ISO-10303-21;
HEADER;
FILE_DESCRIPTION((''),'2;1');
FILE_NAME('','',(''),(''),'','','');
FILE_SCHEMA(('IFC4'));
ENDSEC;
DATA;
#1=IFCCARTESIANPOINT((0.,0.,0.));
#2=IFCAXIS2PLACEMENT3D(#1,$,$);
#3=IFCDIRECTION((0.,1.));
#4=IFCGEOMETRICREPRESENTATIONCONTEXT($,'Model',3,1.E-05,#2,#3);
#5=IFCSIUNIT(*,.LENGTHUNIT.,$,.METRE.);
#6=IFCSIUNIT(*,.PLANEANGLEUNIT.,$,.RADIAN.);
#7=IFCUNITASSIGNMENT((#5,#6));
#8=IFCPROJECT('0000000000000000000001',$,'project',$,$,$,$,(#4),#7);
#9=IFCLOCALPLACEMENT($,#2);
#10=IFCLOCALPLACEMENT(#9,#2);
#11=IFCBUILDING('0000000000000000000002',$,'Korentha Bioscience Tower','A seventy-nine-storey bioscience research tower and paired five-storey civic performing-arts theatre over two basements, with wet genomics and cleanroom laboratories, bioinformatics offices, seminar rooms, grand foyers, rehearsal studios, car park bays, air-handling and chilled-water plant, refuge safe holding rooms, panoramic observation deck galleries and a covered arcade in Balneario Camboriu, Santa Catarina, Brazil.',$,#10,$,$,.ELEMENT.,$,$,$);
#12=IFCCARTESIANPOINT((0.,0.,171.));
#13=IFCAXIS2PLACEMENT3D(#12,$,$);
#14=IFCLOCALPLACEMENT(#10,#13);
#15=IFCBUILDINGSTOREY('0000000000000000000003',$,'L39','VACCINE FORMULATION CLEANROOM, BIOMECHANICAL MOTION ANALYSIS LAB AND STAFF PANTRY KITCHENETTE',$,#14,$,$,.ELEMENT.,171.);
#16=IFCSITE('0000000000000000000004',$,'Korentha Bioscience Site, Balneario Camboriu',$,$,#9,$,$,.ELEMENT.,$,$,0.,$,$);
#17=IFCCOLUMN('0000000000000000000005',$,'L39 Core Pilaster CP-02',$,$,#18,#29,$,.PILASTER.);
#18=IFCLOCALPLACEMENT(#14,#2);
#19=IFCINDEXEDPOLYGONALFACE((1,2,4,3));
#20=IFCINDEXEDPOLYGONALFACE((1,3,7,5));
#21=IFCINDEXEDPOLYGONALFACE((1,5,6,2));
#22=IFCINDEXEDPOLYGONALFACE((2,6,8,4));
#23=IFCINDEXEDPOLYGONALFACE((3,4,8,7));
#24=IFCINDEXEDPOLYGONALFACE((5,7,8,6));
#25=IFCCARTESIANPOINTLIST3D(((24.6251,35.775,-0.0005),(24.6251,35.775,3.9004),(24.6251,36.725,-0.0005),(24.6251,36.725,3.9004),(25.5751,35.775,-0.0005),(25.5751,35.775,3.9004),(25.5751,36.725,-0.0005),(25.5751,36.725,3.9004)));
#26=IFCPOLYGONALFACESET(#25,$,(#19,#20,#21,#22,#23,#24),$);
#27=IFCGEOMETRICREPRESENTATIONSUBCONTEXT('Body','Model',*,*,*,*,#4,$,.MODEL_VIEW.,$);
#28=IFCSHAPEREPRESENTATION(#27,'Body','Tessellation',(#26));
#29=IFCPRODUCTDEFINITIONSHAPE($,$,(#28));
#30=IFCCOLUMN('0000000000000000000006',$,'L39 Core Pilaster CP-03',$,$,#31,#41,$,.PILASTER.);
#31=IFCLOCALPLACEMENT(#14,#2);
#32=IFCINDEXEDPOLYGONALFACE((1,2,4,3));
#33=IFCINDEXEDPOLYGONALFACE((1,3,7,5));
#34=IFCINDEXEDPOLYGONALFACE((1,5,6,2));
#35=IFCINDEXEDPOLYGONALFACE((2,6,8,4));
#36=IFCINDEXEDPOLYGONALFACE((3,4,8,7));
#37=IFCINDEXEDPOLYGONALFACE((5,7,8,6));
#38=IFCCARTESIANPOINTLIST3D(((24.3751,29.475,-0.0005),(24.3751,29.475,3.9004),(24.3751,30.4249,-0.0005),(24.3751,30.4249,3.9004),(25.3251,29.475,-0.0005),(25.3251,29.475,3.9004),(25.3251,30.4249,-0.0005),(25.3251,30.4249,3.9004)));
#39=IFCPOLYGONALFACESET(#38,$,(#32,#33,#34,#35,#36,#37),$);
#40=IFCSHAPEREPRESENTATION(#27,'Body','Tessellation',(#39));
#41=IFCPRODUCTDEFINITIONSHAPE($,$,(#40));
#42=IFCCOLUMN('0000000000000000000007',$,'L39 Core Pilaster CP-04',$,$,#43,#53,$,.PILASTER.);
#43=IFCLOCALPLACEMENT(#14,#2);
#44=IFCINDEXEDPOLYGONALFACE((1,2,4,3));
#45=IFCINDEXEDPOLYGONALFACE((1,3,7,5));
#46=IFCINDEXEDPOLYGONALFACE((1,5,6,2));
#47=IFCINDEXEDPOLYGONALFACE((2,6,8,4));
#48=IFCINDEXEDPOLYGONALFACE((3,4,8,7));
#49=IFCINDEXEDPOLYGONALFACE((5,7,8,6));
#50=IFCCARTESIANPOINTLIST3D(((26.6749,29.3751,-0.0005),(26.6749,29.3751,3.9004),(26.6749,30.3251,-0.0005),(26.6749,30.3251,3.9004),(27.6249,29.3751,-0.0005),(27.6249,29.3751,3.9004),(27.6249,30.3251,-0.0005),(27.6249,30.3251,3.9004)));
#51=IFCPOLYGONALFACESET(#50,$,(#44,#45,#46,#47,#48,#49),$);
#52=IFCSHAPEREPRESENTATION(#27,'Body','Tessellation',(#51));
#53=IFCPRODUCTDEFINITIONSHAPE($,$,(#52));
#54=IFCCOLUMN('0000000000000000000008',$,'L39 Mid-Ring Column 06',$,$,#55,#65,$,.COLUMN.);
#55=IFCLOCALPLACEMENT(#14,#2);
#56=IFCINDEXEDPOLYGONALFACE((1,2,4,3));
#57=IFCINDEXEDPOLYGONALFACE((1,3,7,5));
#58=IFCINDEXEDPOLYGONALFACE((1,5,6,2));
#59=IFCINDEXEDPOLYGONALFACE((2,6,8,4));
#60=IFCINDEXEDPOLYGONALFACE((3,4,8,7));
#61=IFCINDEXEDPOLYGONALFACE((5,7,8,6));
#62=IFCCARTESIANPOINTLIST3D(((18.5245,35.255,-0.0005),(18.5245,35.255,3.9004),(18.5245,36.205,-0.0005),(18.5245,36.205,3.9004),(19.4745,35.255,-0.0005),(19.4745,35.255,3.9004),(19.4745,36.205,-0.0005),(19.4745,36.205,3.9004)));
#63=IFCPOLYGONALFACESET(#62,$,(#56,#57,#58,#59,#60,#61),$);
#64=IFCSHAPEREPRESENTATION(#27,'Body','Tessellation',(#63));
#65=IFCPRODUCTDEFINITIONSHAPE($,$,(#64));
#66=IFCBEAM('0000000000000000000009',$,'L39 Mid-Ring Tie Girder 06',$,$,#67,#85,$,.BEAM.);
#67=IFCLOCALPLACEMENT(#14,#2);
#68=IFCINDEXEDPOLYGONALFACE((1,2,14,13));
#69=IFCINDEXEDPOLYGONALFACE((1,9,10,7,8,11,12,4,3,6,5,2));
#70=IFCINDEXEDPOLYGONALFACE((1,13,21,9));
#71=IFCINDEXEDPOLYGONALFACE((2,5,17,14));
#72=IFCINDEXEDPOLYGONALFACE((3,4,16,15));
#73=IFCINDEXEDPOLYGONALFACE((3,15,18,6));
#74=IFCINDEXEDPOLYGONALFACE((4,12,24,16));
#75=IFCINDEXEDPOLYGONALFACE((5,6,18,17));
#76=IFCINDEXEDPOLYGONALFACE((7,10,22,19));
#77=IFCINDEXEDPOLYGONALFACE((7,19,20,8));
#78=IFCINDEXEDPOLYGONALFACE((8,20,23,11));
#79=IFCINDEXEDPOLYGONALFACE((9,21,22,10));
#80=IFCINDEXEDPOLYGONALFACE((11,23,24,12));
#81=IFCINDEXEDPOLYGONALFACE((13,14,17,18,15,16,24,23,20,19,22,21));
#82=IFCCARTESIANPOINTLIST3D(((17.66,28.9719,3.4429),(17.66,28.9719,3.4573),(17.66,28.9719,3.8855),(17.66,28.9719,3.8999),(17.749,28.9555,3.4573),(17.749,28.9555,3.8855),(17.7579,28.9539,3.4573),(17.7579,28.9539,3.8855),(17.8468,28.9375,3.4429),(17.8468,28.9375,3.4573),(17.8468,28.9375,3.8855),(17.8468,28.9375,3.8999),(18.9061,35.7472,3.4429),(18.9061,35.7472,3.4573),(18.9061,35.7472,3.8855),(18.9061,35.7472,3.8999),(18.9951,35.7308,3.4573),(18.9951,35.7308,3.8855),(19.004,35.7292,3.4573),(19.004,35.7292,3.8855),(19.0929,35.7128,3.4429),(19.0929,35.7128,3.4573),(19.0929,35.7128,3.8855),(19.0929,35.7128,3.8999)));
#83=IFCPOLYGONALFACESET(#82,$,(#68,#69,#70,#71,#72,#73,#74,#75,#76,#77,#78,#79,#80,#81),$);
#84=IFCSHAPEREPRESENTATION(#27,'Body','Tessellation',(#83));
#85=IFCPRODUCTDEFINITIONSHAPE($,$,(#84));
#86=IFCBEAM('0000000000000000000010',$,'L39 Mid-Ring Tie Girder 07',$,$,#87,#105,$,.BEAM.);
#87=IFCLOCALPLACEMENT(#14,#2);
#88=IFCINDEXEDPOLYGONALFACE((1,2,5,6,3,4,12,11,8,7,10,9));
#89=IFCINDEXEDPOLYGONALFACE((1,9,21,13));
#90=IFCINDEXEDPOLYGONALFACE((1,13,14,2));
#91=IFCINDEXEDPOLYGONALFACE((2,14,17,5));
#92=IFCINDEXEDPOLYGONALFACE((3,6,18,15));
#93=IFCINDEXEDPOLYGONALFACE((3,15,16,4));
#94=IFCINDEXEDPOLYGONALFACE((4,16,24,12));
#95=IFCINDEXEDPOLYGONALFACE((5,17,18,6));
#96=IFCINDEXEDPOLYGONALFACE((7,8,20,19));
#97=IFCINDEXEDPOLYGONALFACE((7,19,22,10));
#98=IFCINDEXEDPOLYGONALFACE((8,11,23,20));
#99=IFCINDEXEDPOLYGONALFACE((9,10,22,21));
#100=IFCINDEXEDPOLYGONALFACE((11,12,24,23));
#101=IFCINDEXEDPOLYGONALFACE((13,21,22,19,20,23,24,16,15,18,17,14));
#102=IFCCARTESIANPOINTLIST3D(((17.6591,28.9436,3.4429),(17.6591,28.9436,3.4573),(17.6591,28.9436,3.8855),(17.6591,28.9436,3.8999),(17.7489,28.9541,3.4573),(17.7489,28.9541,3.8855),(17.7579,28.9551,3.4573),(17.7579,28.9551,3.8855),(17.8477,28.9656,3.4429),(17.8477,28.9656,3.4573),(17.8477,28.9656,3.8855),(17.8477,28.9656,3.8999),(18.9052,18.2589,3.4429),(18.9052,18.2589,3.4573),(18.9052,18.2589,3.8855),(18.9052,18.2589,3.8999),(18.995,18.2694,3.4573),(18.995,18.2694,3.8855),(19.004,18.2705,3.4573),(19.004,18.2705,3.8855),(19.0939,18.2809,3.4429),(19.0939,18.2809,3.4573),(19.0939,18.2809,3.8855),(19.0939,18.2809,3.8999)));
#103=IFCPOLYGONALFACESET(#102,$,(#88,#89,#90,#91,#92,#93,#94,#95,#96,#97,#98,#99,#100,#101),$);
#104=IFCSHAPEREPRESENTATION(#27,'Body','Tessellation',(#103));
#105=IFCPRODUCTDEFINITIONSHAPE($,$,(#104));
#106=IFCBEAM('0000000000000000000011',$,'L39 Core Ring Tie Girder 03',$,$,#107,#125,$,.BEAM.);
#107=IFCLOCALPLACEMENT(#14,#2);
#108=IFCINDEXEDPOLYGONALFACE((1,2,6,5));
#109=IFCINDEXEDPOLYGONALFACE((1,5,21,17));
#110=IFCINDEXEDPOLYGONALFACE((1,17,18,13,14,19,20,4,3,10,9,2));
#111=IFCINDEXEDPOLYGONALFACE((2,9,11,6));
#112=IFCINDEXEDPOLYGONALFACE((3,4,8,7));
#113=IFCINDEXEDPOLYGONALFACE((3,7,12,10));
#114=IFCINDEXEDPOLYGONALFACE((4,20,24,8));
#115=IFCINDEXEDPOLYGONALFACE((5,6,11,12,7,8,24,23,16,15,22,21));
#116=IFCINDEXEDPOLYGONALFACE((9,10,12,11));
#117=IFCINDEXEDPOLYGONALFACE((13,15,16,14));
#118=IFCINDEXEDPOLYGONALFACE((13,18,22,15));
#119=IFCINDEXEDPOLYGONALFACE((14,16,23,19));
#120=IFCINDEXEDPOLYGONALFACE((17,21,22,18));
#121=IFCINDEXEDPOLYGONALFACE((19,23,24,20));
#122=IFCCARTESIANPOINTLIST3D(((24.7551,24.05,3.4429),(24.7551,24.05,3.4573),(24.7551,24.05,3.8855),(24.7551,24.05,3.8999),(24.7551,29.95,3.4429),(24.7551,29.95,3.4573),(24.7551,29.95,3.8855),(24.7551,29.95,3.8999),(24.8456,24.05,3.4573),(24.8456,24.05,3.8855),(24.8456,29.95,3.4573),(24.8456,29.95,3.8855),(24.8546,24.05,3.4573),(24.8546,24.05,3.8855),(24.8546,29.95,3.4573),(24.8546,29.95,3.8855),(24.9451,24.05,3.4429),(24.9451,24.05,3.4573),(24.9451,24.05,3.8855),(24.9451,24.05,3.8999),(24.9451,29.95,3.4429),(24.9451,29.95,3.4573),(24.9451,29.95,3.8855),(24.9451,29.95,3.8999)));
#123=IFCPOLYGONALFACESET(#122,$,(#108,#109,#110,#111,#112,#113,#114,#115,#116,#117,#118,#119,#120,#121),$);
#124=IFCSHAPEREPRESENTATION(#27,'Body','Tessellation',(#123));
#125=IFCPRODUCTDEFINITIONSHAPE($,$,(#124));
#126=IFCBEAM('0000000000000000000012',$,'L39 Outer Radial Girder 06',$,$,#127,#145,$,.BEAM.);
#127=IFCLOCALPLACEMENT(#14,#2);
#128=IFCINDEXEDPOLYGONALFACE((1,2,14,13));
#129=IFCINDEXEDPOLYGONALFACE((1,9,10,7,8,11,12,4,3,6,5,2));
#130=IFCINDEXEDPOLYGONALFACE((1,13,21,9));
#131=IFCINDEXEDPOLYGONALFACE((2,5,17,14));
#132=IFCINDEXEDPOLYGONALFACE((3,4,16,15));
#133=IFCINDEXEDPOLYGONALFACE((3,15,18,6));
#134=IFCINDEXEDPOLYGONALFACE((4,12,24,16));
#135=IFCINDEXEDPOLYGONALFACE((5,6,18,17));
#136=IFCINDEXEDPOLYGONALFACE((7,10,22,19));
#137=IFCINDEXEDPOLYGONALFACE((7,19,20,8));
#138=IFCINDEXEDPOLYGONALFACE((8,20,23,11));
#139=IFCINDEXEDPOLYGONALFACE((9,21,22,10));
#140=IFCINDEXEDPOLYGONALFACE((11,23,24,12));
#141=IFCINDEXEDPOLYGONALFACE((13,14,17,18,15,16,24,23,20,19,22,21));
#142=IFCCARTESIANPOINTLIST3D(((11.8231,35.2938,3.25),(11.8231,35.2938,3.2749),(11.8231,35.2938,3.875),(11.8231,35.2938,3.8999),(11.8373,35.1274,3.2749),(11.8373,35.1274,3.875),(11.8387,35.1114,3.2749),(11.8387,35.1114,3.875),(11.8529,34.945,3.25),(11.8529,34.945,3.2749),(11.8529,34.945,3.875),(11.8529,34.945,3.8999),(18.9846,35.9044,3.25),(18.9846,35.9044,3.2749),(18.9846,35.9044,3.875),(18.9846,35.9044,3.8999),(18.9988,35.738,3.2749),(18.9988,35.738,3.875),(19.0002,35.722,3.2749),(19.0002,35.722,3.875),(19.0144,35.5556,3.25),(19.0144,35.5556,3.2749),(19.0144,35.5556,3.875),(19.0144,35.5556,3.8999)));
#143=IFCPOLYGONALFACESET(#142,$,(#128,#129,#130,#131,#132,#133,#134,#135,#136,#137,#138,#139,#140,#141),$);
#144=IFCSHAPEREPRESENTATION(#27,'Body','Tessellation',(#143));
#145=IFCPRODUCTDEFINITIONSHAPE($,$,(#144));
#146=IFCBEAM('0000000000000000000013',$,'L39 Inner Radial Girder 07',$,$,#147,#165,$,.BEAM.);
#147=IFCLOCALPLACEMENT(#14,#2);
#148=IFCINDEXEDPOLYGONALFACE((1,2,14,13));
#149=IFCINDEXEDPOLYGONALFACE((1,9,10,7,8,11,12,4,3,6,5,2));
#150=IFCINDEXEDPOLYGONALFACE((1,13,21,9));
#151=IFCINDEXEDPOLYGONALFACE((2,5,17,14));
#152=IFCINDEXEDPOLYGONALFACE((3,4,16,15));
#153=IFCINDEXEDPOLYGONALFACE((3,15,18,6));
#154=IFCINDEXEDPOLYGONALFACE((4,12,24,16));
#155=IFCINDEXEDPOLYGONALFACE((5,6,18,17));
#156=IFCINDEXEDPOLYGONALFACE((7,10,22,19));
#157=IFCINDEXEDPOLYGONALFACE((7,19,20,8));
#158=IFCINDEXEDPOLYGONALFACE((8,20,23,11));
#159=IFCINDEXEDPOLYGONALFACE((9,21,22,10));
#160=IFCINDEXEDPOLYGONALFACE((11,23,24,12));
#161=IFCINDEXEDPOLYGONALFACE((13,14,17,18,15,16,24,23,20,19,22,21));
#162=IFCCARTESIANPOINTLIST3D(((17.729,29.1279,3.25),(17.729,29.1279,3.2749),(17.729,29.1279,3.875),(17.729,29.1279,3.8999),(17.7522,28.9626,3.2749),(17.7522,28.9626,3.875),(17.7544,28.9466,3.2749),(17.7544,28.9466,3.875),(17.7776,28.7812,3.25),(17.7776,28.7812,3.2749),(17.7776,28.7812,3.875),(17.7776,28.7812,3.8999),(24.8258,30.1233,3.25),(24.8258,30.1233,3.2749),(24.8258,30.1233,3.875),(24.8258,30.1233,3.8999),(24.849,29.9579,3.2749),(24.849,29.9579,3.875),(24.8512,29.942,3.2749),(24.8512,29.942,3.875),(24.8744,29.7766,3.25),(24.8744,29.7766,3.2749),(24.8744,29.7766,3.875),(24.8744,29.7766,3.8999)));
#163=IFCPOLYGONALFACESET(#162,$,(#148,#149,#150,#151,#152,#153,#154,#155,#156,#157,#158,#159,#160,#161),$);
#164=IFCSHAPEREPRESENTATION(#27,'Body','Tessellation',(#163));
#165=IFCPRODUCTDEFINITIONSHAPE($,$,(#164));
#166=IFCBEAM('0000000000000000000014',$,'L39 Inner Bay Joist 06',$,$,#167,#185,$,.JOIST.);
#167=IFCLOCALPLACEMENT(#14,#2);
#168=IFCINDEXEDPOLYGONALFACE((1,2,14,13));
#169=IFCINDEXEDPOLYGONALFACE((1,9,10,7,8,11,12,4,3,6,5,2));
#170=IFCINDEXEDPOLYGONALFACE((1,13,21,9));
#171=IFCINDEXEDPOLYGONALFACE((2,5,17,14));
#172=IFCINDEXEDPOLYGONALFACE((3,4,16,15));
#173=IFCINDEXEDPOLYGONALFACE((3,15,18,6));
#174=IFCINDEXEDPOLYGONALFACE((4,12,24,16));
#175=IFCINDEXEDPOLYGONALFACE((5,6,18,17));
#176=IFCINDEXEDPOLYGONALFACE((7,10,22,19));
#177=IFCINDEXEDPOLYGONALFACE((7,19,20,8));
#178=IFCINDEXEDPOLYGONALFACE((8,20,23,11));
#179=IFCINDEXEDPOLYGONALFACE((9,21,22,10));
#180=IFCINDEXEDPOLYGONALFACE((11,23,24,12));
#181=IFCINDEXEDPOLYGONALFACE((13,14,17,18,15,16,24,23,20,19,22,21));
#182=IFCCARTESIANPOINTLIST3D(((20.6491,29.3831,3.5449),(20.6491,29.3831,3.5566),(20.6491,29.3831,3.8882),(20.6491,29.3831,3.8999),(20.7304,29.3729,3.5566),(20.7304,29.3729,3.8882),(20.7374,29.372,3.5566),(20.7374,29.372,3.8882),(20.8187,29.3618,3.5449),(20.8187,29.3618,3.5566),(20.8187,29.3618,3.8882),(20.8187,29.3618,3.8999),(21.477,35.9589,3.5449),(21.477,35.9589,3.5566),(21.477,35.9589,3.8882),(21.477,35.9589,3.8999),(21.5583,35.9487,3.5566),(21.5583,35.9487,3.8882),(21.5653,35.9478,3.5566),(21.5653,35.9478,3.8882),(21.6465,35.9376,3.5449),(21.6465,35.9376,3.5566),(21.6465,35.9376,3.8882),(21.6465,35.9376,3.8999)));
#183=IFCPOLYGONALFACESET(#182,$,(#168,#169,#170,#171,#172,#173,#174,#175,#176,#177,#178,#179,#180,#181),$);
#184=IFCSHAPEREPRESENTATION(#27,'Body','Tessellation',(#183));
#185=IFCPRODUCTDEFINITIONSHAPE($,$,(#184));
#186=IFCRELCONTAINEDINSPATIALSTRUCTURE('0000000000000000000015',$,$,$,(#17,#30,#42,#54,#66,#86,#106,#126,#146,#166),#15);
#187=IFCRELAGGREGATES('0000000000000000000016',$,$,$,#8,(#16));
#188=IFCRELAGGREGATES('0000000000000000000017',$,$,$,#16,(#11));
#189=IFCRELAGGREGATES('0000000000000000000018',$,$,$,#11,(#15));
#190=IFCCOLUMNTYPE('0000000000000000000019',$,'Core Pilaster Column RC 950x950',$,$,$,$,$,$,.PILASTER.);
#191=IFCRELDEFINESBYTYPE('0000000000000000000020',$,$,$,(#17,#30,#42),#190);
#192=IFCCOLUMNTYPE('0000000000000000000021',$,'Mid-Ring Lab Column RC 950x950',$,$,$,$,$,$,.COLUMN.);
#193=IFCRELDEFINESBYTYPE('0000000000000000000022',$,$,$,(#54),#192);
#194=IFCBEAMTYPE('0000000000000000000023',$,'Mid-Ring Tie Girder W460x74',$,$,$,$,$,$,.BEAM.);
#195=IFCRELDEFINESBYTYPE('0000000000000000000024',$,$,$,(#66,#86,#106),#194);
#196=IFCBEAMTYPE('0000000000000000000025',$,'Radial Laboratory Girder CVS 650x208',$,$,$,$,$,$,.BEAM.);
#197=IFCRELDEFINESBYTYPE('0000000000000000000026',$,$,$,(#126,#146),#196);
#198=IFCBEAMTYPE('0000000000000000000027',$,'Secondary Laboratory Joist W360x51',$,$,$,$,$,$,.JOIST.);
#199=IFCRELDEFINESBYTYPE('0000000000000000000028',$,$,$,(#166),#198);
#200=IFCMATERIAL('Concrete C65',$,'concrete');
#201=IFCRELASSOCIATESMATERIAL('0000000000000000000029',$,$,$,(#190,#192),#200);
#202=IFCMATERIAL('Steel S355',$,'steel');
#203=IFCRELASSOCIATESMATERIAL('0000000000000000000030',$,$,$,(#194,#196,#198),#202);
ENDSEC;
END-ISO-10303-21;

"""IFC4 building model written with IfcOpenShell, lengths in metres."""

from ifc_helpers import new_model, si_unit, direction, frame, origin, origin_2d, place, context, subcontext, project, spatial, rectangle, i_section, extrude, material, material_profile, profile_set, type_object, element, save


model = new_model("IFC4")

# Units and contexts
model_context = context("Model", 3, precision=1e-05, world=origin(), true_north=direction((0.0, 1.0)))
body_context = subcontext(model_context, "Body", "Model", "MODEL_VIEW")
ifc_project = project(units=[si_unit("LENGTHUNIT", "METRE"), si_unit("PLANEANGLEUNIT", "RADIAN")], contexts=[model_context])

# Site, building, storey
site_placement = place(None, origin())
site = spatial("IfcSite", under=ifc_project, at=site_placement, Name="Korentha Bioscience Site, Balneario Camboriu", CompositionType="ELEMENT", RefElevation=0.0)
building_placement = place(site_placement, origin())
building = spatial("IfcBuilding", under=site, at=building_placement, Name="Korentha Bioscience Tower", Description="A seventy-nine-storey bioscience research tower and paired five-storey civic performing-arts theatre over two basements, with wet genomics and cleanroom laboratories, bioinformatics offices, seminar rooms, grand foyers, rehearsal studios, car park bays, air-handling and chilled-water plant, refuge safe holding rooms, panoramic observation deck galleries and a covered arcade in Balneario Camboriu, Santa Catarina, Brazil.", CompositionType="ELEMENT")
storey_placement = place(building_placement, frame((0.0, 0.0, 171.0)))
storey = spatial("IfcBuildingStorey", under=building, at=storey_placement, Name="L39", Description="VACCINE FORMULATION CLEANROOM, BIOMECHANICAL MOTION ANALYSIS LAB AND STAFF PANTRY KITCHENETTE", CompositionType="ELEMENT", Elevation=171.0)

# Columns
ifc_material_1 = material(Name="Concrete C65", Category="concrete")
ifc_material_profile_1 = material_profile(ifc_material_1, rectangle(XDim=0.95, YDim=0.95, at=origin_2d()), Name="Concrete C65")
ifc_profile_set_1 = profile_set([ifc_material_profile_1], Name="Concrete C65 (COL-CP09)")
column_type_1 = type_object("IfcColumnType", Name="Core Pilaster Column RC 950x950", PredefinedType="PILASTER", material=ifc_profile_set_1)
for number, where, z_axis, x_axis, name in (
    (1, (25.1001, 36.25, -0.0005), (0.0, 0.0, 1.0), (1.0, 0.0, 0.0), "L39 Core Pilaster CP-02"),
    (2, (24.8501, 29.95, -0.0005), (0.0, 0.0, 1.0), (1.0, 0.0, 0.0), "L39 Core Pilaster CP-03"),
    (3, (27.1499, 29.8501, -0.0005), (0.0, 0.0, 1.0), (1.0, 0.0, 0.0), "L39 Core Pilaster CP-04"),
):
    element("IfcColumn", number, at=place(storey_placement, frame(where, z_axis=z_axis, x_axis=x_axis)), inside=storey, type_object=column_type_1, Name=name, PredefinedType="PILASTER", context=body_context, shape_type="SweptSolid", body=[
        extrude(rectangle(XDim=0.95, YDim=0.95, at=origin_2d()), origin(), (0.0, 0.0, 1.0), 3.9009),
    ])
ifc_material_profile_2 = material_profile(ifc_material_1, rectangle(XDim=0.95, YDim=0.95, at=origin_2d()), Name="Concrete C65")
ifc_profile_set_2 = profile_set([ifc_material_profile_2], Name="Concrete C65 (COL-MR09)")
column_type_2 = type_object("IfcColumnType", Name="Mid-Ring Lab Column RC 950x950", PredefinedType="COLUMN", material=ifc_profile_set_2)
column_placement = place(storey_placement, frame((18.9995, 35.73, -0.0005), z_axis=(0.0, 0.0, 1.0), x_axis=(1.0, 0.0, 0.0)))
element("IfcColumn", 4, at=column_placement, inside=storey, type_object=column_type_2, Name="L39 Mid-Ring Column 06", PredefinedType="COLUMN", context=body_context, shape_type="SweptSolid", body=[
    extrude(rectangle(XDim=0.95, YDim=0.95, at=origin_2d()), origin(), (0.0, 0.0, 1.0), 3.9009),
])

# Beams
ifc_material_2 = material(Name="Steel S355", Category="steel")
ifc_material_profile_3 = material_profile(ifc_material_2, i_section(OverallWidth=0.1899, OverallDepth=0.457, WebThickness=0.009, FlangeThickness=0.0144, at=origin_2d()), Name="Steel S355")
ifc_profile_set_3 = profile_set([ifc_material_profile_3], Name="Steel S355 (MB-460)")
beam_type_1 = type_object("IfcBeamType", Name="Mid-Ring Tie Girder W460x74", PredefinedType="BEAM", material=ifc_profile_set_3)
beam_1_placement = place(storey_placement, frame((18.9995, 35.73, 3.6714), z_axis=(-0.180881, -0.983505, 0.0), x_axis=(0.983505, -0.180881, 0.0)))
element("IfcBeam", 5, at=beam_1_placement, inside=storey, type_object=beam_type_1, Name="L39 Mid-Ring Tie Girder 06", PredefinedType="BEAM", context=body_context, shape_type="SweptSolid", body=[
    extrude(i_section(OverallWidth=0.1899, OverallDepth=0.457, WebThickness=0.009, FlangeThickness=0.0144, at=origin_2d()), origin(), (0.0, 0.0, 1.0), 6.8889),
])
beam_2_placement = place(storey_placement, frame((17.7534, 28.9546, 3.6714), z_axis=(0.11584, -0.993268, 0.0), x_axis=(0.993268, 0.11584, 0.0)))
element("IfcBeam", 6, at=beam_2_placement, inside=storey, type_object=beam_type_1, Name="L39 Mid-Ring Tie Girder 07", PredefinedType="BEAM", context=body_context, shape_type="SweptSolid", body=[
    extrude(i_section(OverallWidth=0.1899, OverallDepth=0.457, WebThickness=0.009, FlangeThickness=0.0144, at=origin_2d()), origin(), (0.0, 0.0, 1.0), 10.7571),
])
beam_3_placement = place(storey_placement, frame((24.8501, 29.95, 3.6714), z_axis=(0.0, -1.0, 0.0), x_axis=(1.0, 0.0, 0.0)))
element("IfcBeam", 7, at=beam_3_placement, inside=storey, type_object=beam_type_1, Name="L39 Core Ring Tie Girder 03", PredefinedType="BEAM", context=body_context, shape_type="SweptSolid", body=[
    extrude(i_section(OverallWidth=0.1899, OverallDepth=0.457, WebThickness=0.009, FlangeThickness=0.0144, at=origin_2d()), origin(), (0.0, 0.0, 1.0), 5.8999),
])
ifc_material_profile_4 = material_profile(ifc_material_2, i_section(OverallWidth=0.3501, OverallDepth=0.6499, WebThickness=0.0161, FlangeThickness=0.0249, at=origin_2d()), Name="Steel S355")
ifc_profile_set_4 = profile_set([ifc_material_profile_4], Name="Steel S355 (RB-650)")
beam_type_2 = type_object("IfcBeamType", Name="Radial Laboratory Girder CVS 650x208", PredefinedType="BEAM", material=ifc_profile_set_4)
beam_4_placement = place(storey_placement, frame((18.9995, 35.73, 3.575), z_axis=(-0.996385, -0.084951, 0.0), x_axis=(0.084951, -0.996385, 0.0)))
element("IfcBeam", 8, at=beam_4_placement, inside=storey, type_object=beam_type_2, Name="L39 Outer Radial Girder 06", PredefinedType="BEAM", context=body_context, shape_type="SweptSolid", body=[
    extrude(i_section(OverallWidth=0.3501, OverallDepth=0.6499, WebThickness=0.0161, FlangeThickness=0.0249, at=origin_2d()), origin(), (0.0, 0.0, 1.0), 7.1875),
])
beam_5_placement = place(storey_placement, frame((24.8501, 29.95, 3.575), z_axis=(-0.990307, -0.138898, 0.0), x_axis=(0.138898, -0.990307, 0.0)))
element("IfcBeam", 9, at=beam_5_placement, inside=storey, type_object=beam_type_2, Name="L39 Inner Radial Girder 07", PredefinedType="BEAM", context=body_context, shape_type="SweptSolid", body=[
    extrude(i_section(OverallWidth=0.3501, OverallDepth=0.6499, WebThickness=0.0161, FlangeThickness=0.0249, at=origin_2d()), origin(), (0.0, 0.0, 1.0), 7.1663),
])
ifc_material_profile_5 = material_profile(ifc_material_2, i_section(OverallWidth=0.1709, OverallDepth=0.355, WebThickness=0.0071, FlangeThickness=0.0117, at=origin_2d()), Name="Steel S355")
ifc_profile_set_5 = profile_set([ifc_material_profile_5], Name="Steel S355 (JB-360)")
beam_type_3 = type_object("IfcBeamType", Name="Secondary Laboratory Joist W360x51", PredefinedType="JOIST", material=ifc_profile_set_5)
beam_6_placement = place(storey_placement, frame((21.5618, 35.9482, 3.7224), z_axis=(-0.124914, -0.992168, 0.0), x_axis=(0.992168, -0.124914, 0.0)))
element("IfcBeam", 10, at=beam_6_placement, inside=storey, type_object=beam_type_3, Name="L39 Inner Bay Joist 06", PredefinedType="JOIST", context=body_context, shape_type="SweptSolid", body=[
    extrude(i_section(OverallWidth=0.1709, OverallDepth=0.355, WebThickness=0.0071, FlangeThickness=0.0117, at=origin_2d()), origin(), (0.0, 0.0, 1.0), 6.6277),
])

save(model, "model.ifc")
